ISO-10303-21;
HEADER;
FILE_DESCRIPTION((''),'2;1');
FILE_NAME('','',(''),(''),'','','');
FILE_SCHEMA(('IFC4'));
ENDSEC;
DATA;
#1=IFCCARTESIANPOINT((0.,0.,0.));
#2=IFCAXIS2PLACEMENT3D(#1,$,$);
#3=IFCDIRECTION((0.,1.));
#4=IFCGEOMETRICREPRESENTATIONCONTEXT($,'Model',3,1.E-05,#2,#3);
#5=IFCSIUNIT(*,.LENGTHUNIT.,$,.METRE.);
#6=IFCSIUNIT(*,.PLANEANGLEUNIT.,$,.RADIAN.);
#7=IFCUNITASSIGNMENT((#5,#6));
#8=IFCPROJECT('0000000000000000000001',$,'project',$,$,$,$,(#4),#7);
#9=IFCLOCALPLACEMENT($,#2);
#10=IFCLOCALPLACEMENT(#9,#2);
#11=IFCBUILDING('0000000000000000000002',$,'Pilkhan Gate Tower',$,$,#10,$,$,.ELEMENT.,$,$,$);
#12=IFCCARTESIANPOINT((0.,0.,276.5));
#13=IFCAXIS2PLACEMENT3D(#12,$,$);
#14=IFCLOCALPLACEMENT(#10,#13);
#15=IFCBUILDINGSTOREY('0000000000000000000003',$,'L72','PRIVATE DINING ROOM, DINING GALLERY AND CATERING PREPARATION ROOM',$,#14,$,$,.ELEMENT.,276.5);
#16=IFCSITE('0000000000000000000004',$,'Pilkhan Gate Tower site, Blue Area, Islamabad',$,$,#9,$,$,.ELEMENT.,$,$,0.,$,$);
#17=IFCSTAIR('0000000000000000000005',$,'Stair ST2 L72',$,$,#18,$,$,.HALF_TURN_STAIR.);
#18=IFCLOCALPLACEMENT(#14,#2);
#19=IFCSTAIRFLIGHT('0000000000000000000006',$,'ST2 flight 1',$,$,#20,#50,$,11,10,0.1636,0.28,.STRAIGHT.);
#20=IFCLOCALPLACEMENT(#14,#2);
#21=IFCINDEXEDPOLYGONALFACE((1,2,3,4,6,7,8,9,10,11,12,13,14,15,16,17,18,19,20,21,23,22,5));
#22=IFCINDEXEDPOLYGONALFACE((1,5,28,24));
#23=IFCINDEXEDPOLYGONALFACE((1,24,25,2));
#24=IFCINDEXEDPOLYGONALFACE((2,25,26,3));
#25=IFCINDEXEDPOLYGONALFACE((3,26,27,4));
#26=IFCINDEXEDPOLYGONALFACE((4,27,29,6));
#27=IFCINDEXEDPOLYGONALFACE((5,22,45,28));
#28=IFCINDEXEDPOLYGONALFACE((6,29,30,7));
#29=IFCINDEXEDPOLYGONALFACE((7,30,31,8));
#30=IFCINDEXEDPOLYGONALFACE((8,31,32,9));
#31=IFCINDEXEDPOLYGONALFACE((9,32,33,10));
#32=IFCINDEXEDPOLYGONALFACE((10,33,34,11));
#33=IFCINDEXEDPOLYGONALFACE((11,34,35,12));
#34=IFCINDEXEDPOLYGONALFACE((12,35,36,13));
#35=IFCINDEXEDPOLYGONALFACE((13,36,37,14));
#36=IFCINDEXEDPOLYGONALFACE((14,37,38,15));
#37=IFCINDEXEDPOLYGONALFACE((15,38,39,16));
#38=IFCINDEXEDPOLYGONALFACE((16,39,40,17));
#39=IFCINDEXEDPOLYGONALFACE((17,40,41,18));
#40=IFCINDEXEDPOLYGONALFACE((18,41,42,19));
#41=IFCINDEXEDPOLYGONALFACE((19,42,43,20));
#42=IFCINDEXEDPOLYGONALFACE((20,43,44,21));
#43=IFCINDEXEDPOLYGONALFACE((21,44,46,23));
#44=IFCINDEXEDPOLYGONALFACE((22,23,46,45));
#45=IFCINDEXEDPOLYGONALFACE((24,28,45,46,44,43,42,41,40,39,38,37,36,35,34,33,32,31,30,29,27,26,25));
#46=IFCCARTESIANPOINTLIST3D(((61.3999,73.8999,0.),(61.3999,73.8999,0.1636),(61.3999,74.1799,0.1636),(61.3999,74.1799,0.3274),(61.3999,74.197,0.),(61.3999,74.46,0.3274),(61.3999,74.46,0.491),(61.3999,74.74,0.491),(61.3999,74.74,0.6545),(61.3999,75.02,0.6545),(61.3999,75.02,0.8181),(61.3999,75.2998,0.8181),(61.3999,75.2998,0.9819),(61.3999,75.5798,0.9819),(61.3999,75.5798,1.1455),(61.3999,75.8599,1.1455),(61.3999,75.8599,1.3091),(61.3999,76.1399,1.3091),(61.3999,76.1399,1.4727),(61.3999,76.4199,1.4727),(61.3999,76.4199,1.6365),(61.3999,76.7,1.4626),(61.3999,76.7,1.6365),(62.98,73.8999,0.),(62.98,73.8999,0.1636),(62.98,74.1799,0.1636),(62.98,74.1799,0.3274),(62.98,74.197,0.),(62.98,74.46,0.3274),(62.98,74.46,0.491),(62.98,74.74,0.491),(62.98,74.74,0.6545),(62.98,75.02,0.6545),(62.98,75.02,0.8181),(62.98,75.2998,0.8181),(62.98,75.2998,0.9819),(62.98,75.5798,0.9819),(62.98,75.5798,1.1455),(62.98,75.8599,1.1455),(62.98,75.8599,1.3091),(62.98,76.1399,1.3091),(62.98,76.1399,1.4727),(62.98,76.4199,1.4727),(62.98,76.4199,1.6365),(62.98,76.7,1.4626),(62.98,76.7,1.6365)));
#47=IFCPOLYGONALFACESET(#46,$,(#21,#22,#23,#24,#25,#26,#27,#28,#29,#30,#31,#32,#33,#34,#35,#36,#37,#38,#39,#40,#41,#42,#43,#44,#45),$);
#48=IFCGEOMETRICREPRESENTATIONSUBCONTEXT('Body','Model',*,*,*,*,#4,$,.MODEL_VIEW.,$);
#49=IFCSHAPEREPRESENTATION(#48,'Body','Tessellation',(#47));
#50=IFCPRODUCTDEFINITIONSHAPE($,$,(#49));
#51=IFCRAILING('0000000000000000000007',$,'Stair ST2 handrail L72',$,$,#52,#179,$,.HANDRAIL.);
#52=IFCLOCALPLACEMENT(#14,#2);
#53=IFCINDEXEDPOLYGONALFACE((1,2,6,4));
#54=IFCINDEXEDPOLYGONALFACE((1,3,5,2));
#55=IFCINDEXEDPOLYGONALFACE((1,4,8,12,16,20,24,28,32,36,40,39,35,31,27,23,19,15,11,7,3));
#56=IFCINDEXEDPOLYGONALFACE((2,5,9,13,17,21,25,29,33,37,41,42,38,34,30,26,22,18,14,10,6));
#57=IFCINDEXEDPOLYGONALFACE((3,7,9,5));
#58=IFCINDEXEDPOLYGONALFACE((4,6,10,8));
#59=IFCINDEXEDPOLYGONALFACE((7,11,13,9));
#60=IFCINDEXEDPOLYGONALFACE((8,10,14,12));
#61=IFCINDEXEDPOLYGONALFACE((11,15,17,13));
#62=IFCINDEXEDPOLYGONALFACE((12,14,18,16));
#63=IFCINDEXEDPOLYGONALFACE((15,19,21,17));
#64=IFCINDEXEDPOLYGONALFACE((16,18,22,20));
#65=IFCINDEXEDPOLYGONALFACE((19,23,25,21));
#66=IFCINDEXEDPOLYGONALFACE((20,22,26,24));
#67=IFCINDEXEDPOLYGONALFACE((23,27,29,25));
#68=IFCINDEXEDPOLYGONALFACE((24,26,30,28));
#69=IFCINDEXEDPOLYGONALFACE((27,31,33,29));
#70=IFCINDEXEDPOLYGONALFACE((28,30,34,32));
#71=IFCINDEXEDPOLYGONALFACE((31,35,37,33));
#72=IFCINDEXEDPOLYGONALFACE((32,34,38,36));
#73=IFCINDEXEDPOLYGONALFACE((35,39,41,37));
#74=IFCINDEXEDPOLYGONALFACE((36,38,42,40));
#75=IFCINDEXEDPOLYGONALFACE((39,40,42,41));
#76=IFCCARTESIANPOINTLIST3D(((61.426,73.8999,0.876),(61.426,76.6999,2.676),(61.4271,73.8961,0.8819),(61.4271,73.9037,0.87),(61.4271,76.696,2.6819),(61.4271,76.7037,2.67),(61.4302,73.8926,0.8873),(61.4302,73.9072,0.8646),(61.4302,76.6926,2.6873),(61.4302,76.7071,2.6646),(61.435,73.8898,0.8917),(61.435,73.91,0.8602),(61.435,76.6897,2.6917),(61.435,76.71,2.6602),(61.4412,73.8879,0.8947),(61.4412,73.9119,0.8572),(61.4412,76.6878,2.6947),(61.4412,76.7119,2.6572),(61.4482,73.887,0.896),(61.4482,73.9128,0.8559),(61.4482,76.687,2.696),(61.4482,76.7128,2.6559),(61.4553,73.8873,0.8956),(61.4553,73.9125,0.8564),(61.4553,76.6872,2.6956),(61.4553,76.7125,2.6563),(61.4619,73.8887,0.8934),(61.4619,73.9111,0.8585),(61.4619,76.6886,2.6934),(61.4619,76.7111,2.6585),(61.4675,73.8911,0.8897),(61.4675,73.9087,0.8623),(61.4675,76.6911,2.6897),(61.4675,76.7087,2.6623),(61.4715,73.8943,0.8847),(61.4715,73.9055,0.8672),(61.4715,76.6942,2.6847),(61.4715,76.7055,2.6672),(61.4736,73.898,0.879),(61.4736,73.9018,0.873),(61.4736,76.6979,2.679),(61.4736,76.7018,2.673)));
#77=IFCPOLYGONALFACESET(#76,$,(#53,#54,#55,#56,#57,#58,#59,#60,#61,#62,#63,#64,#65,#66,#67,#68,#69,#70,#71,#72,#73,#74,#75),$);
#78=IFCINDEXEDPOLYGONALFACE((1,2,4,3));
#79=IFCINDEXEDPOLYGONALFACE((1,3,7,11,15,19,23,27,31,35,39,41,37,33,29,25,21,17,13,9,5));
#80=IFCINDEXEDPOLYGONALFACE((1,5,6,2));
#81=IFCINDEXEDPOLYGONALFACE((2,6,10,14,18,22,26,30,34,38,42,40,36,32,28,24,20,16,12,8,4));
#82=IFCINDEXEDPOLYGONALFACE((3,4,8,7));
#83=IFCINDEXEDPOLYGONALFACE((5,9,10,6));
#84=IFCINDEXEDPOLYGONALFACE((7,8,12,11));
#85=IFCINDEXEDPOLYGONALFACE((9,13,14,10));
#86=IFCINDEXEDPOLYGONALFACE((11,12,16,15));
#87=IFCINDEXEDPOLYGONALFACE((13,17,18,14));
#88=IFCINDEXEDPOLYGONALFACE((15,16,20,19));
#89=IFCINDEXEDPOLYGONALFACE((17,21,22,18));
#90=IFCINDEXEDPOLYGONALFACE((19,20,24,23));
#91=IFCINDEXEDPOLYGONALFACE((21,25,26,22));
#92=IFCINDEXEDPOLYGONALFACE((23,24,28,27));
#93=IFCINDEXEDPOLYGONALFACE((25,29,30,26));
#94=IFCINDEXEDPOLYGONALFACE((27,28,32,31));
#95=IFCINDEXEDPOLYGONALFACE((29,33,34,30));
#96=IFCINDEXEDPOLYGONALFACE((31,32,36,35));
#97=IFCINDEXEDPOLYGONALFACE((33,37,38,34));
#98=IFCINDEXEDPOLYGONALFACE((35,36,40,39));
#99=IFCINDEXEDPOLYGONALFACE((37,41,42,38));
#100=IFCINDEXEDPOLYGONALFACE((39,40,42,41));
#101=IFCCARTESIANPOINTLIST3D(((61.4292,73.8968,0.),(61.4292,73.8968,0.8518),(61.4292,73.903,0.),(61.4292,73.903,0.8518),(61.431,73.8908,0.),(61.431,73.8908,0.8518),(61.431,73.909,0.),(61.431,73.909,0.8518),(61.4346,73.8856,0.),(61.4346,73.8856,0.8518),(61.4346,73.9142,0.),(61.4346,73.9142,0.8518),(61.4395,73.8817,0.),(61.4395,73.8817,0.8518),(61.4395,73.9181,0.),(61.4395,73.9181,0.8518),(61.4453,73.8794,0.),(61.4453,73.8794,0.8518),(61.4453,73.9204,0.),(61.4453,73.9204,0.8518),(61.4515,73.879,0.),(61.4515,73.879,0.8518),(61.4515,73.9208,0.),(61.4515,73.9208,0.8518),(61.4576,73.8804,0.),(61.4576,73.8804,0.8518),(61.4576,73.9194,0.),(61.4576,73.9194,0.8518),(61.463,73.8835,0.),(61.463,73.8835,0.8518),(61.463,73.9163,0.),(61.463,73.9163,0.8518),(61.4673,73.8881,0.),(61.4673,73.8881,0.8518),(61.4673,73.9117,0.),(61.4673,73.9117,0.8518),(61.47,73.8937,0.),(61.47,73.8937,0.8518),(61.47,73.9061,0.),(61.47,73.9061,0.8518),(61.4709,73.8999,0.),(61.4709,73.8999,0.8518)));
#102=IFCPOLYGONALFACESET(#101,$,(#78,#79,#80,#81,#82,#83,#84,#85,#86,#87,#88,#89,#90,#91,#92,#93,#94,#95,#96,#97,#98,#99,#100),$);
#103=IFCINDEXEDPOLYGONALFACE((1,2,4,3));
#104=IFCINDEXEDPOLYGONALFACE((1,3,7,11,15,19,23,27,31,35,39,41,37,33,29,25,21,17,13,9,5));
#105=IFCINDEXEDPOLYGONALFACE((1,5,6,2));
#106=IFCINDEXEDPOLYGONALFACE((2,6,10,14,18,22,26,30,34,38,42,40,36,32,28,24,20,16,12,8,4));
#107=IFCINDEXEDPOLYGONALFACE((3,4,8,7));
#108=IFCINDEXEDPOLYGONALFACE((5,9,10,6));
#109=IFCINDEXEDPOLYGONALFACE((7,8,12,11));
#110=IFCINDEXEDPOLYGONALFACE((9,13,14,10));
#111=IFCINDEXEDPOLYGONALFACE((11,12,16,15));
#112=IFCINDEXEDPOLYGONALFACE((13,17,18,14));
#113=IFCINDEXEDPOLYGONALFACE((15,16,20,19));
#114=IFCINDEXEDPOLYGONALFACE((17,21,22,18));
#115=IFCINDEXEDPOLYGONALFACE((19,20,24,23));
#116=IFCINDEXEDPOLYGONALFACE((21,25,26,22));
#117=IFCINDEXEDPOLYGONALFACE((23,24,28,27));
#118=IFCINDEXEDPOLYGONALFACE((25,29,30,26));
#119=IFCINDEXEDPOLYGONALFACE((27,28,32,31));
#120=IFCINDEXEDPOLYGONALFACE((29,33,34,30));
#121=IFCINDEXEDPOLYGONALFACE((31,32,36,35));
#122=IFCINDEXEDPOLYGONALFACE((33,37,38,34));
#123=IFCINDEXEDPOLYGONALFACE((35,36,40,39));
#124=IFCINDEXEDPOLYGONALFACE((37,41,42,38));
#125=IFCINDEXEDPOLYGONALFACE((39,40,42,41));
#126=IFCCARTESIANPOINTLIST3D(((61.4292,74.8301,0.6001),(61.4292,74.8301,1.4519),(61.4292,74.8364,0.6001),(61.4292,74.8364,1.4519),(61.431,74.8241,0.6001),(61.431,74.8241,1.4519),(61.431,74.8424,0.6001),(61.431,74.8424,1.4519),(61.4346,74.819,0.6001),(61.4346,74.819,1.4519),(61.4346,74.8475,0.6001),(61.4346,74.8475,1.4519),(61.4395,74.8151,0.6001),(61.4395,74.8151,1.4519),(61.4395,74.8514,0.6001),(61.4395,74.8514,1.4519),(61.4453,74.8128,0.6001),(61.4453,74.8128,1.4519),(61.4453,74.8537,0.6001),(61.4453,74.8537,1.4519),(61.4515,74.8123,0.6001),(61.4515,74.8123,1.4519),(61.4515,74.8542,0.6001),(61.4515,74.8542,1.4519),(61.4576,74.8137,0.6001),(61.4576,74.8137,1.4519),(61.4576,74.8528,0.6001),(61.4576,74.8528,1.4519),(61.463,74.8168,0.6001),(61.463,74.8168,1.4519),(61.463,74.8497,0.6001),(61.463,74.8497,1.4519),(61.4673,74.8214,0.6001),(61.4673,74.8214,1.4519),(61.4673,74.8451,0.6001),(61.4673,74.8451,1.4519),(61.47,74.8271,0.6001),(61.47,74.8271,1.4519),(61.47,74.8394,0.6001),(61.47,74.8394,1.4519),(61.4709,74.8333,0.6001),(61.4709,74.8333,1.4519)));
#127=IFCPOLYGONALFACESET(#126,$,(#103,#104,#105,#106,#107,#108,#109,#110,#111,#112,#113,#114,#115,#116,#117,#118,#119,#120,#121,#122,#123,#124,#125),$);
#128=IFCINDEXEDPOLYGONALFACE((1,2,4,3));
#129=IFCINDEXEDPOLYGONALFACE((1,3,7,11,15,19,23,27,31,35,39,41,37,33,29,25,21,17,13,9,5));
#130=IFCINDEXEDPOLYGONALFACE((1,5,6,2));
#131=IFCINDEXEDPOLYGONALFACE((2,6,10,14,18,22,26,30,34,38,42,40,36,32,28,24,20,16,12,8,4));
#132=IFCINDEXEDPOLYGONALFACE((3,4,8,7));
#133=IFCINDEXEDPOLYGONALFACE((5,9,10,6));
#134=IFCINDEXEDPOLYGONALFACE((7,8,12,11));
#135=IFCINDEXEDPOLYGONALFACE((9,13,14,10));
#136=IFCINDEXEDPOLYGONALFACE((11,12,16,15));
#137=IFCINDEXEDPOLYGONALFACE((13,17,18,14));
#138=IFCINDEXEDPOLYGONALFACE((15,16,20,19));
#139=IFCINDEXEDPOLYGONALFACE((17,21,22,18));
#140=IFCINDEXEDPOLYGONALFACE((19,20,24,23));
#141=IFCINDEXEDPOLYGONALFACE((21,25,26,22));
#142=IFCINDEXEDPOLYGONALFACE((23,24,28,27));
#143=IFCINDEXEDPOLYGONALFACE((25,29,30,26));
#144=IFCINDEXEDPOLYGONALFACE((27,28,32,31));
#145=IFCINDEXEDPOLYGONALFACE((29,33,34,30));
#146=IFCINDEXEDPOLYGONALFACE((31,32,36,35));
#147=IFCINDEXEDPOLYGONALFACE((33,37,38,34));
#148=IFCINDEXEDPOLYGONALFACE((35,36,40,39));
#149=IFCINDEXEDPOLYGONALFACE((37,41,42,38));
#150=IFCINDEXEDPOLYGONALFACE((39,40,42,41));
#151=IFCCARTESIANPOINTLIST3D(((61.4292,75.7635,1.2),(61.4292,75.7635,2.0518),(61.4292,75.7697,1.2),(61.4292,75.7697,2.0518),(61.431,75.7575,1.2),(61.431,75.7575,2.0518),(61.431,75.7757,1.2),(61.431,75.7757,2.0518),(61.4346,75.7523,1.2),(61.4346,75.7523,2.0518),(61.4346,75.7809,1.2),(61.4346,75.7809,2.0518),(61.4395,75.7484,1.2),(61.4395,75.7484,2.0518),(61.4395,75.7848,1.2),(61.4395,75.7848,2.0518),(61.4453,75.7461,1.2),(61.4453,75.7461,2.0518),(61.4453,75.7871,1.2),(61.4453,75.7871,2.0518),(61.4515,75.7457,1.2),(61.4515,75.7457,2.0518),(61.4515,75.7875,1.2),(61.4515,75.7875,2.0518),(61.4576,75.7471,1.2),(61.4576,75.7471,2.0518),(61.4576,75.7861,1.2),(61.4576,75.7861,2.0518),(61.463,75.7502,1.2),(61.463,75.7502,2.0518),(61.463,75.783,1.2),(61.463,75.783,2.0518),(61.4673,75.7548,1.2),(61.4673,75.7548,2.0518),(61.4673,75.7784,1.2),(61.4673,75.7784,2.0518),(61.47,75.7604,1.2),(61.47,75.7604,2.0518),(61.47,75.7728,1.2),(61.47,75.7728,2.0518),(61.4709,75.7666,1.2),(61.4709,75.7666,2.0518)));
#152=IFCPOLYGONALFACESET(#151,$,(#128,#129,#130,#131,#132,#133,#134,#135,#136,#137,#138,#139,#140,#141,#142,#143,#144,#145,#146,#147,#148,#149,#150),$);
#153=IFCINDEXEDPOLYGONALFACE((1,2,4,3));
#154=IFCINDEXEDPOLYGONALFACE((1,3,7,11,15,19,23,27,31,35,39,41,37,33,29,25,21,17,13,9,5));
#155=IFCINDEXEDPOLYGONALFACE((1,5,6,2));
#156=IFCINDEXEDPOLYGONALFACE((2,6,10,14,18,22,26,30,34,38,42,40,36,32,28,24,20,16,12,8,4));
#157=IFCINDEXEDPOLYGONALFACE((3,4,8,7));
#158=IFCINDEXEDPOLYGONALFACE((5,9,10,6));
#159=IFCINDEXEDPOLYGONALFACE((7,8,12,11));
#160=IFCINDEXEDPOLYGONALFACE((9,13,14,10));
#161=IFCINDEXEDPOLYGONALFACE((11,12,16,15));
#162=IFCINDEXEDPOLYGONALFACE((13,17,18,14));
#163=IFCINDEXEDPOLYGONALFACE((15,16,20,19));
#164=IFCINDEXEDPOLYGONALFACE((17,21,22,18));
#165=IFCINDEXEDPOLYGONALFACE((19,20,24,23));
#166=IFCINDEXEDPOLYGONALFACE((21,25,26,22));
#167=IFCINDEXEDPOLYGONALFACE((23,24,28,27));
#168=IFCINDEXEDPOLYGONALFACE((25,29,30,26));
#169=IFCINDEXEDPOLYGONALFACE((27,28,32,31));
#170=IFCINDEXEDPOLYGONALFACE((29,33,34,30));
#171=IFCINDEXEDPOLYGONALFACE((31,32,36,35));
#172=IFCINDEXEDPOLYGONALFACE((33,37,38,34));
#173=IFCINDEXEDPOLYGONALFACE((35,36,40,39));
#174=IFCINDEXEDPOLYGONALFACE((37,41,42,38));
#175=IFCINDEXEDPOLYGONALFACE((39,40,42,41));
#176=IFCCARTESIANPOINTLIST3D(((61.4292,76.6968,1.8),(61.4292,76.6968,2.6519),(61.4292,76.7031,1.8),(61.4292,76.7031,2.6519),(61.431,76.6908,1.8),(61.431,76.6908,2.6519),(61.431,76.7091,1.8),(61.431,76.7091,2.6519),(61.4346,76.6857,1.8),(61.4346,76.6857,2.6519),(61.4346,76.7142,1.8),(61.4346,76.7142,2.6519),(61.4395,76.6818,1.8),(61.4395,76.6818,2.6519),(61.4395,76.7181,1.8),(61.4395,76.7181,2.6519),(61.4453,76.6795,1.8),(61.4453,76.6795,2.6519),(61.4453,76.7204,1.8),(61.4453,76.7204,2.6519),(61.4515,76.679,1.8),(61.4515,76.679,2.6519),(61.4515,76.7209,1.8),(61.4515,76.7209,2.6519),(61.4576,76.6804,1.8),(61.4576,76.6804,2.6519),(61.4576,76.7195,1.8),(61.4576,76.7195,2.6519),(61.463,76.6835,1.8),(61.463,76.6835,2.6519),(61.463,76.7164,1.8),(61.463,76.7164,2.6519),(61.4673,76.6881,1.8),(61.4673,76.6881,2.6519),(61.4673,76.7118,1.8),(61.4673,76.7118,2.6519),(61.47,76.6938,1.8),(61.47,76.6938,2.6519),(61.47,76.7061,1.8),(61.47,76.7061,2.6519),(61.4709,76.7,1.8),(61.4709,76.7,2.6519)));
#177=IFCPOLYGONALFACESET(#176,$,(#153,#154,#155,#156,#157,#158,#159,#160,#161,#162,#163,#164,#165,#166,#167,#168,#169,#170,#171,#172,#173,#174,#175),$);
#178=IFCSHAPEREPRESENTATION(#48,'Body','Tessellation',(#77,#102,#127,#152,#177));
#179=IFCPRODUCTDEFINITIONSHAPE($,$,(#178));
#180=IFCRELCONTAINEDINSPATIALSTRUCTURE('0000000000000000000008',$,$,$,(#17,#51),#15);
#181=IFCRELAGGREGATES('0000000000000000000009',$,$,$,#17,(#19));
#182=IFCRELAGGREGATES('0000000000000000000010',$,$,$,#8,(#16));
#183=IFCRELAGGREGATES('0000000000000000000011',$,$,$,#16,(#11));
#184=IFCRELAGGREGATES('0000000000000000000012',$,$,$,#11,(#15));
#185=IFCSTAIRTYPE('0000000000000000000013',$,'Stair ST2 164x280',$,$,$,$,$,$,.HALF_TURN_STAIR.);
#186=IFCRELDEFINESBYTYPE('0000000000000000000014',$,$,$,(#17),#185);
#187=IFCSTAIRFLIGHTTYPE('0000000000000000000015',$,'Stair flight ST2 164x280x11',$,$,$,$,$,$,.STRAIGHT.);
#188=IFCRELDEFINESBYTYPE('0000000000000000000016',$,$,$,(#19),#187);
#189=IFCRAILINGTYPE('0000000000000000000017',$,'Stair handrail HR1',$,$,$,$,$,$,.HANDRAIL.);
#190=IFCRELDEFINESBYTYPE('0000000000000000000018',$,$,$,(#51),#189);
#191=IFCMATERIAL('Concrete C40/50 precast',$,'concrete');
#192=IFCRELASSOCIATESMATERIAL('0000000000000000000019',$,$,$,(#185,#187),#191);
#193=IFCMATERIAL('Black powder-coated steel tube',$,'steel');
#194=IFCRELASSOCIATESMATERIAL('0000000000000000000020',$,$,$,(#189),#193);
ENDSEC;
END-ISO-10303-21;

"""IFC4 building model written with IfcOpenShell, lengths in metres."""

from ifc_helpers import new_model, si_unit, direction, frame, origin, origin_2d, place, context, subcontext, project, spatial, polyline, circle, outline, extrude, material, type_object, element, aggregate, save


model = new_model("IFC4")

# Units and contexts
model_context = context("Model", 3, precision=1e-05, world=origin(), true_north=direction((0.0, 1.0)))
body_context = subcontext(model_context, "Body", "Model", "MODEL_VIEW")
ifc_project = project(units=[si_unit("LENGTHUNIT", "METRE"), si_unit("PLANEANGLEUNIT", "RADIAN")], contexts=[model_context])

# Site, building, storey
site_placement = place(None, origin())
site = spatial("IfcSite", under=ifc_project, at=site_placement, Name="Pilkhan Gate Tower site, Blue Area, Islamabad", CompositionType="ELEMENT", RefElevation=0.0)
building_placement = place(site_placement, origin())
building = spatial("IfcBuilding", under=site, at=building_placement, Name="Pilkhan Gate Tower", CompositionType="ELEMENT")
storey_placement = place(building_placement, frame((0.0, 0.0, 276.5)))
storey = spatial("IfcBuildingStorey", under=building, at=storey_placement, Name="L72", Description="PRIVATE DINING ROOM, DINING GALLERY AND CATERING PREPARATION ROOM", CompositionType="ELEMENT", Elevation=276.5)

# Stair, stair flight
ifc_material_1 = material(Name="Concrete C40/50 precast", Category="concrete")
stair_type = type_object("IfcStairType", Name="Stair ST2 164x280", PredefinedType="HALF_TURN_STAIR", material=ifc_material_1)
stair_placement = place(storey_placement, origin())
stair = element("IfcStair", 1, at=stair_placement, inside=storey, type_object=stair_type, Name="Stair ST2 L72", PredefinedType="HALF_TURN_STAIR")
stair_flight_type = type_object("IfcStairFlightType", Name="Stair flight ST2 164x280x11", PredefinedType="STRAIGHT", material=ifc_material_1)
stair_flight_placement = place(storey_placement, frame((62.1899, 73.8999, 0.0), z_axis=(0.0, 0.0, 1.0), x_axis=(0.0, 1.0, 0.0)))
stair_flight = element("IfcStairFlight", 2, at=stair_flight_placement, type_object=stair_flight_type, Name="ST2 flight 1", NumberOfRisers=11, NumberOfTreads=10, PredefinedType="STRAIGHT", RiserHeight=0.1636, TreadLength=0.28, context=body_context, shape_type="SweptSolid", body=[
    extrude(outline(polyline([(0.0, 0.0), (0.0, 0.1636), (0.28, 0.1636), (0.28, 0.3274), (0.5601, 0.3274), (0.5601, 0.491), (0.8401, 0.491), (0.8401, 0.6545), (1.1201, 0.6545), (1.1201, 0.8181), (1.3999, 0.8181), (1.3999, 0.9819), (1.6799, 0.9819), (1.6799, 1.1455), (1.96, 1.1455), (1.96, 1.3091), (2.24, 1.3091), (2.24, 1.4727), (2.52, 1.4727), (2.52, 1.6365), (2.8, 1.6365), (2.8, 1.8), (2.8, 1.4626), (0.2971, 0.0), (0.0, 0.0)])), frame((0.0, 0.79, 0.0), z_axis=(0.0, -1.0, 0.0), x_axis=(1.0, 0.0, 0.0)), (0.0, 0.0, 1.0), 1.5801),
])
aggregate(stair, [stair_flight])

# Railing
ifc_material_2 = material(Name="Black powder-coated steel tube", Category="steel")
railing_type_1 = type_object("IfcRailingType", Name="Stair handrail HR1", PredefinedType="HANDRAIL", material=ifc_material_2)
railing_1_placement = place(storey_placement, frame((61.45, 73.8999, 0.0)))
element("IfcRailing", 3, at=railing_1_placement, inside=storey, type_object=railing_type_1, Name="Stair ST2 handrail L72", PredefinedType="HANDRAIL", context=body_context, shape_type="SweptSolid", body=[
    extrude(circle(Radius=0.0239, at=origin_2d()), frame((0.0, 0.0, 0.876), z_axis=(0.0, 0.841176, 0.540761), x_axis=(-1.0, 0.0, 0.0)), (0.0, 0.0, 1.0), 3.3286),
    extrude(circle(Radius=0.021, at=origin_2d()), origin(), (0.0, 0.0, 1.0), 0.8518),
    extrude(circle(Radius=0.021, at=origin_2d()), frame((0.0, 0.9333, 0.6001)), (0.0, 0.0, 1.0), 0.8518),
    extrude(circle(Radius=0.021, at=origin_2d()), frame((0.0, 1.8667, 1.2)), (0.0, 0.0, 1.0), 0.8518),
    extrude(circle(Radius=0.021, at=origin_2d()), frame((0.0, 2.8, 1.8)), (0.0, 0.0, 1.0), 0.8518),
])

save(model, "model.ifc")
